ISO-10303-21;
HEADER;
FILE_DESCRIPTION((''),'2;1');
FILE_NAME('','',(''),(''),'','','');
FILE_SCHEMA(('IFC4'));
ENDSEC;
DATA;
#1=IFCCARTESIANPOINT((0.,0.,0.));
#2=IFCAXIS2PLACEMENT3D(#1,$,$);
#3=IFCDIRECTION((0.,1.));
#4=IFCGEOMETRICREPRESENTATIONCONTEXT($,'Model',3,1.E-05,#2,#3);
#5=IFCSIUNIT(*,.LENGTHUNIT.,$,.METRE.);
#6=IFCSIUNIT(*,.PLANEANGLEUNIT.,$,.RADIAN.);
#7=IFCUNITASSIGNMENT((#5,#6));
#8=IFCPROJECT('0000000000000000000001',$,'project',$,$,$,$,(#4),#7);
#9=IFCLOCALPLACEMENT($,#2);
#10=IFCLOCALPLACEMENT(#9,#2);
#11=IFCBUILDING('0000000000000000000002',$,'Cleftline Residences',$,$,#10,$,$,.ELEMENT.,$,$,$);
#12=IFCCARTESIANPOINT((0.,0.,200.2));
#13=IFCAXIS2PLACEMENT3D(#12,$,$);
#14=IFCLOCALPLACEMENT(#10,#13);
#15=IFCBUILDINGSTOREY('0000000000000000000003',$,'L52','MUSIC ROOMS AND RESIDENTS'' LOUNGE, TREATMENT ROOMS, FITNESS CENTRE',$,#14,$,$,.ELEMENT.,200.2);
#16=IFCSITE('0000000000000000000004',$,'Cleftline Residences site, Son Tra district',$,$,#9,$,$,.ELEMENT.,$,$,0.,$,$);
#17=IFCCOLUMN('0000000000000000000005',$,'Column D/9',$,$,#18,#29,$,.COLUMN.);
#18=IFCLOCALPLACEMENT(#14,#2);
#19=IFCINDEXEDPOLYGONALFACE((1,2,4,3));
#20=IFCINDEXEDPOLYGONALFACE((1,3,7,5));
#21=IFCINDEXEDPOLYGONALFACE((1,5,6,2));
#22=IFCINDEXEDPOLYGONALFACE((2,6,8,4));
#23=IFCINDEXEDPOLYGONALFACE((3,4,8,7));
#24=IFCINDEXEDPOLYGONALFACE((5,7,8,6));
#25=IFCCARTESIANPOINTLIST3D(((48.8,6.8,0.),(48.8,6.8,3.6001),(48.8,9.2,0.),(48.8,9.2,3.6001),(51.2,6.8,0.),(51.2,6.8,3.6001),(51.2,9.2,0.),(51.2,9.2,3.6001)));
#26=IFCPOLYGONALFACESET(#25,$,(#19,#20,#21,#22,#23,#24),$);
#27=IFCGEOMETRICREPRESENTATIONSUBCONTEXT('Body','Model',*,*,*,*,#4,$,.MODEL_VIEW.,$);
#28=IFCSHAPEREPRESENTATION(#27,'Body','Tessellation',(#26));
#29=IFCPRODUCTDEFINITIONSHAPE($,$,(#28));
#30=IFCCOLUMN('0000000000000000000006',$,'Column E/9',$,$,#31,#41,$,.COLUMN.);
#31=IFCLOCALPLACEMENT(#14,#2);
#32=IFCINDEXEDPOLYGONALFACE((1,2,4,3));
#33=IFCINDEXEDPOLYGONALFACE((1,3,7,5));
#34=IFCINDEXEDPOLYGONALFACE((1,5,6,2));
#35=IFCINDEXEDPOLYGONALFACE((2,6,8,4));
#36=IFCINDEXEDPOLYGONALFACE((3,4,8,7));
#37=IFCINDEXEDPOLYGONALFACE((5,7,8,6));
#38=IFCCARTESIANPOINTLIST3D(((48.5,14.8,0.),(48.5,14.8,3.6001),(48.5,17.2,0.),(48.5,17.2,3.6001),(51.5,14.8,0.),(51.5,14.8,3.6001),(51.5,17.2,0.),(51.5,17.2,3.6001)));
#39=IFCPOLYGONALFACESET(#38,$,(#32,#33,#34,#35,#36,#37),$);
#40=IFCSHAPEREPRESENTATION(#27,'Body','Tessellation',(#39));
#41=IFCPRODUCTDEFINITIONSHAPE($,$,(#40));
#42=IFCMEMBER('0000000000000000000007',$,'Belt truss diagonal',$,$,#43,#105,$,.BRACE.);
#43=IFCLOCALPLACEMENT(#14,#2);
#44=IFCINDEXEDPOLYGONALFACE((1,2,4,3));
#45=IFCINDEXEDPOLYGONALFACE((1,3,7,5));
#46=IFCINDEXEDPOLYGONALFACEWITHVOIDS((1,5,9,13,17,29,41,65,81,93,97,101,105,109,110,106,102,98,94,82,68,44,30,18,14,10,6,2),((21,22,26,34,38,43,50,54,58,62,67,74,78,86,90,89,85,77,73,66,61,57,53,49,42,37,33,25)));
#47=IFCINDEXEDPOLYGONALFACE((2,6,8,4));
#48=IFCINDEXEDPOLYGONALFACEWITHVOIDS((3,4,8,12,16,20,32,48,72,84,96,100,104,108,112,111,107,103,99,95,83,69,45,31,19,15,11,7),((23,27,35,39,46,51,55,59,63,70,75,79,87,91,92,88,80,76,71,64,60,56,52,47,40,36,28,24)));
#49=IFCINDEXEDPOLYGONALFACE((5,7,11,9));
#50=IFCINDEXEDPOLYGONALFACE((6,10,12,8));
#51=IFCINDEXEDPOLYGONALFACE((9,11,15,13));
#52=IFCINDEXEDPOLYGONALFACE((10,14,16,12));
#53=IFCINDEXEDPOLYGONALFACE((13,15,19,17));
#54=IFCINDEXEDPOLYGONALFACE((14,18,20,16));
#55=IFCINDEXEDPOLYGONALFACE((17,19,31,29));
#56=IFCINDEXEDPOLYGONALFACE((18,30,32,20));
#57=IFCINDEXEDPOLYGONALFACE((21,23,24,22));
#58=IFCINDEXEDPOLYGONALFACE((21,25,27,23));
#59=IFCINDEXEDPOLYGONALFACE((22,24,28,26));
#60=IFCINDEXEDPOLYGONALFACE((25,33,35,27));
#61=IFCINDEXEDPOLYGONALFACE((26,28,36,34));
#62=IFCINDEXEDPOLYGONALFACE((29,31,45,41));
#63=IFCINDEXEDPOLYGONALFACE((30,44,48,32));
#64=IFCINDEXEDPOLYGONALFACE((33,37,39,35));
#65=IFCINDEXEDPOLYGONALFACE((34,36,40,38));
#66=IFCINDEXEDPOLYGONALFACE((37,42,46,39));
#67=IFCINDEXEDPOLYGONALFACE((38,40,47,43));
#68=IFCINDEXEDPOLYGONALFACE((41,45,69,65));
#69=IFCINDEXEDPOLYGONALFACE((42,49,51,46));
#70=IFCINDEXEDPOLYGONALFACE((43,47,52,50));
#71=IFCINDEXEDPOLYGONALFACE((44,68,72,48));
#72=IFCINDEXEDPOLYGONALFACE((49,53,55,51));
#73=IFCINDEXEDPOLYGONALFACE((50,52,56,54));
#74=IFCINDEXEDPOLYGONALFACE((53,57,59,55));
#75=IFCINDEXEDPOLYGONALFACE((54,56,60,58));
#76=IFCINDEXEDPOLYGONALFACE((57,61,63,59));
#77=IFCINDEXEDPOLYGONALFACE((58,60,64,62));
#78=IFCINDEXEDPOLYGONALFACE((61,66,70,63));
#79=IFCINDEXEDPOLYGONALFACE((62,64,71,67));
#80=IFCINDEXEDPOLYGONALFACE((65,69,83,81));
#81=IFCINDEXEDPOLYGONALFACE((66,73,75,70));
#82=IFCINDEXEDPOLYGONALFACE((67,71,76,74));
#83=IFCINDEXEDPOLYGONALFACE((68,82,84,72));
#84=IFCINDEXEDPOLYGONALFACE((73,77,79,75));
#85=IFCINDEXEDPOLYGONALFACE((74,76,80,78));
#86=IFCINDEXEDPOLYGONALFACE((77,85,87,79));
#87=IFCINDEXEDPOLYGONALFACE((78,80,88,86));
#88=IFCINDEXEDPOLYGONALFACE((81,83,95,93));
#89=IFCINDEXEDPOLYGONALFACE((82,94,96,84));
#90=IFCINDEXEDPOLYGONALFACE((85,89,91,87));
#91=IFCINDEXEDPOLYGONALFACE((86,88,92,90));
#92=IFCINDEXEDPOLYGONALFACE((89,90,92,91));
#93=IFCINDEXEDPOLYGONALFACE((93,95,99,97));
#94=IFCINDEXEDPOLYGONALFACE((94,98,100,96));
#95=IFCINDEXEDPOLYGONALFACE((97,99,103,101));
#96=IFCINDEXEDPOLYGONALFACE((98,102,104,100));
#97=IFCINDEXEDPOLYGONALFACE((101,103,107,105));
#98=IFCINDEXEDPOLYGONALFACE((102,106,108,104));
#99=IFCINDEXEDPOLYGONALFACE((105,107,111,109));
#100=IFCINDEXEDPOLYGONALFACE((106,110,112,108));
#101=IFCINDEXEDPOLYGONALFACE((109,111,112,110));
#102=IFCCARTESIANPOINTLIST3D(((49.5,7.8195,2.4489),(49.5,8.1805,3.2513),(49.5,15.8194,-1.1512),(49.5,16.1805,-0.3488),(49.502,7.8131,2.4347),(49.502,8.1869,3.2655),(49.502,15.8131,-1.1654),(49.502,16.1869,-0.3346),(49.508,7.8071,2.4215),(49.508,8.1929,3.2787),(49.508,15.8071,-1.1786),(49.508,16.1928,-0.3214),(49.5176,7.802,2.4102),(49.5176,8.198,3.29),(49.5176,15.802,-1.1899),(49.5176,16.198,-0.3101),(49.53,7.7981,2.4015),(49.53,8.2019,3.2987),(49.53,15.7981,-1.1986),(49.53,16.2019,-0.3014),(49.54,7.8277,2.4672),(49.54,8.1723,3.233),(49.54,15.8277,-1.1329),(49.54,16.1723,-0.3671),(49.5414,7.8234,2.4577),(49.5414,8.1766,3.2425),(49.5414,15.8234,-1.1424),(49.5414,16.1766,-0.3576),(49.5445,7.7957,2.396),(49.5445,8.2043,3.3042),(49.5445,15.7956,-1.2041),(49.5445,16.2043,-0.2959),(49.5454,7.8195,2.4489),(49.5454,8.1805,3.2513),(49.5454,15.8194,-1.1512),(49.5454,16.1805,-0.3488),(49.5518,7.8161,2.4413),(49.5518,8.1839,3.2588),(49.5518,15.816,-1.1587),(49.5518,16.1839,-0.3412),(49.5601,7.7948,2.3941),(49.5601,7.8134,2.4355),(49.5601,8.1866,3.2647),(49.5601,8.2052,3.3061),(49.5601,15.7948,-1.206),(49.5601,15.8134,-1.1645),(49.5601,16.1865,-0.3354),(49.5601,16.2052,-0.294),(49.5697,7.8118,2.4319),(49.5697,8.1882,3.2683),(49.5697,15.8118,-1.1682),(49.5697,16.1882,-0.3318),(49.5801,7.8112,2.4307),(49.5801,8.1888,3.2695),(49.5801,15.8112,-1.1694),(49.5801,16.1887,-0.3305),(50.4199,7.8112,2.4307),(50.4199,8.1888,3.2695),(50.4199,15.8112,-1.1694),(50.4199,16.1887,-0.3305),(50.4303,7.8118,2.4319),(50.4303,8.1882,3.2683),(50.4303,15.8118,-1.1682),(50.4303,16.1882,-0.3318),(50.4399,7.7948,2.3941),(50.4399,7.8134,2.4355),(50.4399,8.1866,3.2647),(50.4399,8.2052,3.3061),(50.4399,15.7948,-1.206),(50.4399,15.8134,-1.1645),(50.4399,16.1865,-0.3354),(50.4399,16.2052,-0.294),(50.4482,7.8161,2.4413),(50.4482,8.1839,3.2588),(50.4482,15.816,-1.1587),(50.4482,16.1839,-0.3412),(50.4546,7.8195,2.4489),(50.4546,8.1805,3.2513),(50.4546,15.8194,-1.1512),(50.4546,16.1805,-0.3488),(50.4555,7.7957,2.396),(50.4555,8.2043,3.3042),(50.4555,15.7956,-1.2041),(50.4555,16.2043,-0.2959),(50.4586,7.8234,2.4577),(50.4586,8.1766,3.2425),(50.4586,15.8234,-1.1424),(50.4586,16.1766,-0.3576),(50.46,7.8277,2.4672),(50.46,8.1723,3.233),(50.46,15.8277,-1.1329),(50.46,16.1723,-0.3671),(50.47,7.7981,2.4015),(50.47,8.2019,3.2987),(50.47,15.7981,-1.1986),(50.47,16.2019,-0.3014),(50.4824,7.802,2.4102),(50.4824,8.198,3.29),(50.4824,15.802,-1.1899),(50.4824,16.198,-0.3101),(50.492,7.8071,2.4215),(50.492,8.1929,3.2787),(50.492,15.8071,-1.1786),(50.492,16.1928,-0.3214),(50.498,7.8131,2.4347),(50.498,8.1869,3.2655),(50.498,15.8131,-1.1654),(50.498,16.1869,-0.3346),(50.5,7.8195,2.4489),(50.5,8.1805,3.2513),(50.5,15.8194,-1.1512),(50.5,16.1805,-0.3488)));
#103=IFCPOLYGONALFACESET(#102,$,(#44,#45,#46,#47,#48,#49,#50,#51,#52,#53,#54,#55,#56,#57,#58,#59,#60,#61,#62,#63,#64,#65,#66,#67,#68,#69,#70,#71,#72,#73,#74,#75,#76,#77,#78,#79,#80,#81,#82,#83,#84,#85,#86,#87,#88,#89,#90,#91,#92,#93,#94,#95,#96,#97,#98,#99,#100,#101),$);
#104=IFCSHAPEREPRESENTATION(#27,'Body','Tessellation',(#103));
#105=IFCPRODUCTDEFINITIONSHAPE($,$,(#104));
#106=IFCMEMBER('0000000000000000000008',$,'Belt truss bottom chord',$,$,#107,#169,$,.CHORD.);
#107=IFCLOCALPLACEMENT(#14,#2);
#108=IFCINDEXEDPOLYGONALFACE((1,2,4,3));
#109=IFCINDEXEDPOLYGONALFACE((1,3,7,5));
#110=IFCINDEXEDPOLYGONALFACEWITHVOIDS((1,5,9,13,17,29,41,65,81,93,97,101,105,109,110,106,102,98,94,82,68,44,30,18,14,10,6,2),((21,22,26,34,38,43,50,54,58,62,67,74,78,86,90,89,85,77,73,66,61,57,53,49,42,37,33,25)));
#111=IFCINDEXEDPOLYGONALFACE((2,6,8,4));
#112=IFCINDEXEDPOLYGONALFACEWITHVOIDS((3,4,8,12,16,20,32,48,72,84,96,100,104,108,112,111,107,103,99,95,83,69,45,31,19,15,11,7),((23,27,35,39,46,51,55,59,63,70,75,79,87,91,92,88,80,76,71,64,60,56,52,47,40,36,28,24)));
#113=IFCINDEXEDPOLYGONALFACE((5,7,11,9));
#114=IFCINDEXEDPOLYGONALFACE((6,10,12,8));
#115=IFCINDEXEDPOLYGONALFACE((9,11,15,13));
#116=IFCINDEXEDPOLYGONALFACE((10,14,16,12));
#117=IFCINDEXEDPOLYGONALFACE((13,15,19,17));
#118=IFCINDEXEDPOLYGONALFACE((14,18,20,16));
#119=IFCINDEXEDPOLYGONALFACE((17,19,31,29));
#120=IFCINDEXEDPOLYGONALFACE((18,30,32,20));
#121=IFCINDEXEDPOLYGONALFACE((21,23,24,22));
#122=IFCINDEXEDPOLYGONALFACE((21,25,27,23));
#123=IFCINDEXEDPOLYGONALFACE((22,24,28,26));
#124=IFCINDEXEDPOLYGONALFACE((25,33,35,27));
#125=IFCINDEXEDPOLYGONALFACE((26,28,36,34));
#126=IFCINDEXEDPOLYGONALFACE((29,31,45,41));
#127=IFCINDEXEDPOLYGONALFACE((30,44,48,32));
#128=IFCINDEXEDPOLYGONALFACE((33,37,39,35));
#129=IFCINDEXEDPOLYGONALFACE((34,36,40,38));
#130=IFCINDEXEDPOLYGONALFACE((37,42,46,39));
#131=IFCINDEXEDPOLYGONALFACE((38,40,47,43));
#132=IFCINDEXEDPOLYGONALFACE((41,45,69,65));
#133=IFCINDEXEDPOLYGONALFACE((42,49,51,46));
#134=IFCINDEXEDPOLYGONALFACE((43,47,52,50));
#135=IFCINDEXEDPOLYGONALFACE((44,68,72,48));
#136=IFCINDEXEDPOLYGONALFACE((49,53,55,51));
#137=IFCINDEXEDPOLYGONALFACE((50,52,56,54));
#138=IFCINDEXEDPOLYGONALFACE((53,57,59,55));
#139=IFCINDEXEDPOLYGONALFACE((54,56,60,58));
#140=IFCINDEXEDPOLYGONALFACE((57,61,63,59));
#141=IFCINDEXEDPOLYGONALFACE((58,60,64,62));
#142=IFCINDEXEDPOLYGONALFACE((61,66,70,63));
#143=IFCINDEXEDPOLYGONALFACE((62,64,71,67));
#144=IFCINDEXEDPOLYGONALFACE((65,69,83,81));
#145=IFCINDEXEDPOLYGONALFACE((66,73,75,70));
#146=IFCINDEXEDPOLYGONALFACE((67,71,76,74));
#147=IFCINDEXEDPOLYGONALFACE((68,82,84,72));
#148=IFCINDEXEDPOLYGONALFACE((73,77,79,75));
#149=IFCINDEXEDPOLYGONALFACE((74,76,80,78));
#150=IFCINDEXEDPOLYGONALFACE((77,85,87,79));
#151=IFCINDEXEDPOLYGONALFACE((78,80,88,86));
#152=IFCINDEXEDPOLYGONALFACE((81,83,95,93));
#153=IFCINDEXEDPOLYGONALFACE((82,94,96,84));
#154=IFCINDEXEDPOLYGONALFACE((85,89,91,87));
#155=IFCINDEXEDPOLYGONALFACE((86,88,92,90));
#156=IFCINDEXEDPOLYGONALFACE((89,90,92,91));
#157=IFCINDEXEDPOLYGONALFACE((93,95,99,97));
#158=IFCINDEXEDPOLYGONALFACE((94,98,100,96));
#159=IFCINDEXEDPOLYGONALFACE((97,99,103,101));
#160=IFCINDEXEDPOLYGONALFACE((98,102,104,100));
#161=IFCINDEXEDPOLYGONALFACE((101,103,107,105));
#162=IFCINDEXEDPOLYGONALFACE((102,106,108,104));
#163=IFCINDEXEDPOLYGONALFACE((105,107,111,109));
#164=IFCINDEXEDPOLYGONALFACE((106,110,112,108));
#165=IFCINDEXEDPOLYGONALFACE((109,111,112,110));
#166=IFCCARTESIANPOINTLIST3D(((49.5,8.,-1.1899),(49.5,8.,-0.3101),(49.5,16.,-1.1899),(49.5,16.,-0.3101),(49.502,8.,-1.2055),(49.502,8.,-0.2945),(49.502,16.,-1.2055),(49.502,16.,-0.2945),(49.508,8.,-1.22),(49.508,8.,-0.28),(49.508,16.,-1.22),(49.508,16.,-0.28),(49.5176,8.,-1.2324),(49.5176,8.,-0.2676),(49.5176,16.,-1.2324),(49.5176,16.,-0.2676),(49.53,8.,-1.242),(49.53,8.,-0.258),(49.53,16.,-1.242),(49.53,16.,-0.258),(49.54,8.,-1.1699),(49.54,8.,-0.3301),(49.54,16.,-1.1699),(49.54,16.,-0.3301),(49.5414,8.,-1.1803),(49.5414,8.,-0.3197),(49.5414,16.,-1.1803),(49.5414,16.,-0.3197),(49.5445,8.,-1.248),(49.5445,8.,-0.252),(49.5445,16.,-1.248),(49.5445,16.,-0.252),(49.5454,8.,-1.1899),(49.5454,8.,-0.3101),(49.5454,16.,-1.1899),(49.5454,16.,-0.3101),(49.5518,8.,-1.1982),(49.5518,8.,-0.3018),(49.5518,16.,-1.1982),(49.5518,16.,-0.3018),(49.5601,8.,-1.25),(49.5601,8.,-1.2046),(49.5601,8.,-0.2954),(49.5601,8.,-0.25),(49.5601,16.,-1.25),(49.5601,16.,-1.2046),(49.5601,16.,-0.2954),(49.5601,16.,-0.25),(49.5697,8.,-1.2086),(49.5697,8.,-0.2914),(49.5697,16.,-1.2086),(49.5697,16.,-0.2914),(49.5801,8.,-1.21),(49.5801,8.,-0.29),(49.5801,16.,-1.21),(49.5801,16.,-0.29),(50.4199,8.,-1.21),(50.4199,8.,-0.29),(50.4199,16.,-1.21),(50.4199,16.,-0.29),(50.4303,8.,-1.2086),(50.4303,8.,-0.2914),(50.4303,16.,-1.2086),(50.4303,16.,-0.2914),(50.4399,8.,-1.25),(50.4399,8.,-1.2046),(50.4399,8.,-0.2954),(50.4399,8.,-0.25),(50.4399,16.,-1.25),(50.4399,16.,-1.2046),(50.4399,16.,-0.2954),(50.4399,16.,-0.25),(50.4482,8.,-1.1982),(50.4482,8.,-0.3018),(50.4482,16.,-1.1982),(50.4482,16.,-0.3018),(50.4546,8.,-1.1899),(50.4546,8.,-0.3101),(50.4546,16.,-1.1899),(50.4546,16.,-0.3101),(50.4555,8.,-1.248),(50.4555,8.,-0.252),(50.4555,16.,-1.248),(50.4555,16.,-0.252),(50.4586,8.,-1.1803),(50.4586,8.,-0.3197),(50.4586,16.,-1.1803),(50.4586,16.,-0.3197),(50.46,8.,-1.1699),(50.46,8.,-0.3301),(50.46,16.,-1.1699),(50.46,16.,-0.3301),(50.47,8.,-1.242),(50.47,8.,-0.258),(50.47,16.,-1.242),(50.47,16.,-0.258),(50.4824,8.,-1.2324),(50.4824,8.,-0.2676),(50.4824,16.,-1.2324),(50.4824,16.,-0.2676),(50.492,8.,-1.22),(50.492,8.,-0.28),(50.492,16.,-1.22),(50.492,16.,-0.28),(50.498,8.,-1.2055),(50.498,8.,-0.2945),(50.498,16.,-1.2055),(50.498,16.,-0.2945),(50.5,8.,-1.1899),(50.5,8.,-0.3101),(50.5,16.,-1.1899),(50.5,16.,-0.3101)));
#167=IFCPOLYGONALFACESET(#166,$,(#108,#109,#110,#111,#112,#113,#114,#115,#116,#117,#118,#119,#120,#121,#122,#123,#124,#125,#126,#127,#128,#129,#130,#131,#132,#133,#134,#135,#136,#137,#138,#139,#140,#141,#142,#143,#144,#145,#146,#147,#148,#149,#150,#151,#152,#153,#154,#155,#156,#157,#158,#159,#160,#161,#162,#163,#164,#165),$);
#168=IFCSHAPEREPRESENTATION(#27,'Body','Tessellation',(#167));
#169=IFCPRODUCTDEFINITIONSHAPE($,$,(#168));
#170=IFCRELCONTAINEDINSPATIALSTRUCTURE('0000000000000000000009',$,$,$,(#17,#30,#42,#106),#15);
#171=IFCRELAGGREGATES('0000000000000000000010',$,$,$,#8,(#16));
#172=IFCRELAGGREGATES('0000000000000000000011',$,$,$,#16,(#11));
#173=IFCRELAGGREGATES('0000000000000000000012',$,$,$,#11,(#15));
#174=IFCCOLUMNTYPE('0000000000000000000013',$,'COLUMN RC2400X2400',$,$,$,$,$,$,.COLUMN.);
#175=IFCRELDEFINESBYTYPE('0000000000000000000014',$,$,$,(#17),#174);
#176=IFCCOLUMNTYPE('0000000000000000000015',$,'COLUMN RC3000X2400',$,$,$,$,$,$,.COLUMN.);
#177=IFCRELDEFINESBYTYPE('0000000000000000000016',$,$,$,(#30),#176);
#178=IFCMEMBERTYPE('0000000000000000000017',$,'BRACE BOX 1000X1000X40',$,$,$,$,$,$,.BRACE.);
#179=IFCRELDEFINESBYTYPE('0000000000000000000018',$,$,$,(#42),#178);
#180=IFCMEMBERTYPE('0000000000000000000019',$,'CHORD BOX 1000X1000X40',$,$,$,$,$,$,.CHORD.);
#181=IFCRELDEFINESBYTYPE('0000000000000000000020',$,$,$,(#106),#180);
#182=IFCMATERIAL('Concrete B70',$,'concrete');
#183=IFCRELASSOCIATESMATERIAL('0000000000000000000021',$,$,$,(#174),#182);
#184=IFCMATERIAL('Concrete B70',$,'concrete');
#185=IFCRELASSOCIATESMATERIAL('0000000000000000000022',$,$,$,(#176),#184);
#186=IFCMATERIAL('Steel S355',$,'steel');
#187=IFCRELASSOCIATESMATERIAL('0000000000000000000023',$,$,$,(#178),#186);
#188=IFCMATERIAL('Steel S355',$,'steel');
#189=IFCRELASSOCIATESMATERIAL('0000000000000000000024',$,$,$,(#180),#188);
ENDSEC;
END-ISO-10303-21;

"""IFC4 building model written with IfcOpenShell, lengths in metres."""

from ifc_helpers import new_model, si_unit, direction, frame, origin, origin_2d, place, context, subcontext, project, spatial, rectangle, hollow_rectangle, extrude, material, material_profile, profile_set, type_object, element, save


model = new_model("IFC4")

# Units and contexts
model_context = context("Model", 3, precision=1e-05, world=origin(), true_north=direction((0.0, 1.0)))
body_context = subcontext(model_context, "Body", "Model", "MODEL_VIEW")
ifc_project = project(units=[si_unit("LENGTHUNIT", "METRE"), si_unit("PLANEANGLEUNIT", "RADIAN")], contexts=[model_context])

# Site, building, storey
site_placement = place(None, origin())
site = spatial("IfcSite", under=ifc_project, at=site_placement, Name="Cleftline Residences site, Son Tra district", CompositionType="ELEMENT", RefElevation=0.0)
building_placement = place(site_placement, origin())
building = spatial("IfcBuilding", under=site, at=building_placement, Name="Cleftline Residences", CompositionType="ELEMENT")
storey_placement = place(building_placement, frame((0.0, 0.0, 200.2)))
storey = spatial("IfcBuildingStorey", under=building, at=storey_placement, Name="L52", Description="MUSIC ROOMS AND RESIDENTS' LOUNGE, TREATMENT ROOMS, FITNESS CENTRE", CompositionType="ELEMENT", Elevation=200.2)

# Columns
ifc_material_1 = material(Name="Concrete B70", Category="concrete")
ifc_material_profile_1 = material_profile(ifc_material_1, rectangle(XDim=2.3999, YDim=2.3999, at=origin_2d()))
ifc_profile_set_1 = profile_set([ifc_material_profile_1], Name="Concrete B70")
column_type_1 = type_object("IfcColumnType", Name="COLUMN RC2400X2400", PredefinedType="COLUMN", material=ifc_profile_set_1)
column_1_placement = place(storey_placement, frame((50.0, 8.0, 0.0), z_axis=(0.0, 0.0, 1.0), x_axis=(1.0, 0.0, 0.0)))
element("IfcColumn", 1, at=column_1_placement, inside=storey, type_object=column_type_1, Name="Column D/9", PredefinedType="COLUMN", context=body_context, shape_type="SweptSolid", body=[
    extrude(rectangle(XDim=2.3999, YDim=2.3999, at=origin_2d()), origin(), (0.0, 0.0, 1.0), 3.6001),
])
ifc_material_2 = material(Name="Concrete B70", Category="concrete")
ifc_material_profile_2 = material_profile(ifc_material_2, rectangle(XDim=3.0, YDim=2.3999, at=origin_2d()))
ifc_profile_set_2 = profile_set([ifc_material_profile_2], Name="Concrete B70")
column_type_2 = type_object("IfcColumnType", Name="COLUMN RC3000X2400", PredefinedType="COLUMN", material=ifc_profile_set_2)
column_2_placement = place(storey_placement, frame((50.0, 16.0, 0.0), z_axis=(0.0, 0.0, 1.0), x_axis=(1.0, 0.0, 0.0)))
element("IfcColumn", 2, at=column_2_placement, inside=storey, type_object=column_type_2, Name="Column E/9", PredefinedType="COLUMN", context=body_context, shape_type="SweptSolid", body=[
    extrude(rectangle(XDim=3.0, YDim=2.3999, at=origin_2d()), origin(), (0.0, 0.0, 1.0), 3.6001),
])

# Members
ifc_material_3 = material(Name="Steel S355", Category="steel")
ifc_material_profile_3 = material_profile(ifc_material_3, hollow_rectangle(XDim=1.0, YDim=1.0, WallThickness=0.04, InnerFilletRadius=0.04, OuterFilletRadius=0.0601, at=origin_2d()))
ifc_profile_set_3 = profile_set([ifc_material_profile_3], Name="Steel S355")
member_type_1 = type_object("IfcMemberType", Name="BRACE BOX 1000X1000X40", PredefinedType="BRACE", material=ifc_profile_set_3)
member_placement = place(storey_placement, frame((50.0, 8.0, 2.8501), z_axis=(0.0, 0.911917, -0.410374), x_axis=(0.0, 0.410374, 0.911917)))
element("IfcMember", 3, at=member_placement, inside=storey, type_object=member_type_1, Name="Belt truss diagonal", PredefinedType="BRACE", context=body_context, shape_type="SweptSolid", body=[
    extrude(hollow_rectangle(XDim=1.0, YDim=1.0, WallThickness=0.04, InnerFilletRadius=0.04, OuterFilletRadius=0.0601, at=origin_2d()), origin(), (0.0, 0.0, 1.0), 8.7727),
])
ifc_material_4 = material(Name="Steel S355", Category="steel")
ifc_material_profile_4 = material_profile(ifc_material_4, hollow_rectangle(XDim=1.0, YDim=1.0, WallThickness=0.04, InnerFilletRadius=0.04, OuterFilletRadius=0.0601, at=origin_2d()))
ifc_profile_set_4 = profile_set([ifc_material_profile_4], Name="Steel S355")
member_type_2 = type_object("IfcMemberType", Name="CHORD BOX 1000X1000X40", PredefinedType="CHORD", material=ifc_profile_set_4)
for number, where, z_axis, x_axis, name in (
    (4, (50.0, 8.0, -0.75), (0.0, 1.0, 0.0), (-1.0, 0.0, 0.0), "Belt truss bottom chord"),
):
    element("IfcMember", number, at=place(storey_placement, frame(where, z_axis=z_axis, x_axis=x_axis)), inside=storey, type_object=member_type_2, Name=name, PredefinedType="CHORD", context=body_context, shape_type="SweptSolid", body=[
        extrude(hollow_rectangle(XDim=1.0, YDim=1.0, WallThickness=0.04, InnerFilletRadius=0.04, OuterFilletRadius=0.0601, at=origin_2d()), origin(), (0.0, 0.0, 1.0), 8.0),
    ])

save(model, "model.ifc")
